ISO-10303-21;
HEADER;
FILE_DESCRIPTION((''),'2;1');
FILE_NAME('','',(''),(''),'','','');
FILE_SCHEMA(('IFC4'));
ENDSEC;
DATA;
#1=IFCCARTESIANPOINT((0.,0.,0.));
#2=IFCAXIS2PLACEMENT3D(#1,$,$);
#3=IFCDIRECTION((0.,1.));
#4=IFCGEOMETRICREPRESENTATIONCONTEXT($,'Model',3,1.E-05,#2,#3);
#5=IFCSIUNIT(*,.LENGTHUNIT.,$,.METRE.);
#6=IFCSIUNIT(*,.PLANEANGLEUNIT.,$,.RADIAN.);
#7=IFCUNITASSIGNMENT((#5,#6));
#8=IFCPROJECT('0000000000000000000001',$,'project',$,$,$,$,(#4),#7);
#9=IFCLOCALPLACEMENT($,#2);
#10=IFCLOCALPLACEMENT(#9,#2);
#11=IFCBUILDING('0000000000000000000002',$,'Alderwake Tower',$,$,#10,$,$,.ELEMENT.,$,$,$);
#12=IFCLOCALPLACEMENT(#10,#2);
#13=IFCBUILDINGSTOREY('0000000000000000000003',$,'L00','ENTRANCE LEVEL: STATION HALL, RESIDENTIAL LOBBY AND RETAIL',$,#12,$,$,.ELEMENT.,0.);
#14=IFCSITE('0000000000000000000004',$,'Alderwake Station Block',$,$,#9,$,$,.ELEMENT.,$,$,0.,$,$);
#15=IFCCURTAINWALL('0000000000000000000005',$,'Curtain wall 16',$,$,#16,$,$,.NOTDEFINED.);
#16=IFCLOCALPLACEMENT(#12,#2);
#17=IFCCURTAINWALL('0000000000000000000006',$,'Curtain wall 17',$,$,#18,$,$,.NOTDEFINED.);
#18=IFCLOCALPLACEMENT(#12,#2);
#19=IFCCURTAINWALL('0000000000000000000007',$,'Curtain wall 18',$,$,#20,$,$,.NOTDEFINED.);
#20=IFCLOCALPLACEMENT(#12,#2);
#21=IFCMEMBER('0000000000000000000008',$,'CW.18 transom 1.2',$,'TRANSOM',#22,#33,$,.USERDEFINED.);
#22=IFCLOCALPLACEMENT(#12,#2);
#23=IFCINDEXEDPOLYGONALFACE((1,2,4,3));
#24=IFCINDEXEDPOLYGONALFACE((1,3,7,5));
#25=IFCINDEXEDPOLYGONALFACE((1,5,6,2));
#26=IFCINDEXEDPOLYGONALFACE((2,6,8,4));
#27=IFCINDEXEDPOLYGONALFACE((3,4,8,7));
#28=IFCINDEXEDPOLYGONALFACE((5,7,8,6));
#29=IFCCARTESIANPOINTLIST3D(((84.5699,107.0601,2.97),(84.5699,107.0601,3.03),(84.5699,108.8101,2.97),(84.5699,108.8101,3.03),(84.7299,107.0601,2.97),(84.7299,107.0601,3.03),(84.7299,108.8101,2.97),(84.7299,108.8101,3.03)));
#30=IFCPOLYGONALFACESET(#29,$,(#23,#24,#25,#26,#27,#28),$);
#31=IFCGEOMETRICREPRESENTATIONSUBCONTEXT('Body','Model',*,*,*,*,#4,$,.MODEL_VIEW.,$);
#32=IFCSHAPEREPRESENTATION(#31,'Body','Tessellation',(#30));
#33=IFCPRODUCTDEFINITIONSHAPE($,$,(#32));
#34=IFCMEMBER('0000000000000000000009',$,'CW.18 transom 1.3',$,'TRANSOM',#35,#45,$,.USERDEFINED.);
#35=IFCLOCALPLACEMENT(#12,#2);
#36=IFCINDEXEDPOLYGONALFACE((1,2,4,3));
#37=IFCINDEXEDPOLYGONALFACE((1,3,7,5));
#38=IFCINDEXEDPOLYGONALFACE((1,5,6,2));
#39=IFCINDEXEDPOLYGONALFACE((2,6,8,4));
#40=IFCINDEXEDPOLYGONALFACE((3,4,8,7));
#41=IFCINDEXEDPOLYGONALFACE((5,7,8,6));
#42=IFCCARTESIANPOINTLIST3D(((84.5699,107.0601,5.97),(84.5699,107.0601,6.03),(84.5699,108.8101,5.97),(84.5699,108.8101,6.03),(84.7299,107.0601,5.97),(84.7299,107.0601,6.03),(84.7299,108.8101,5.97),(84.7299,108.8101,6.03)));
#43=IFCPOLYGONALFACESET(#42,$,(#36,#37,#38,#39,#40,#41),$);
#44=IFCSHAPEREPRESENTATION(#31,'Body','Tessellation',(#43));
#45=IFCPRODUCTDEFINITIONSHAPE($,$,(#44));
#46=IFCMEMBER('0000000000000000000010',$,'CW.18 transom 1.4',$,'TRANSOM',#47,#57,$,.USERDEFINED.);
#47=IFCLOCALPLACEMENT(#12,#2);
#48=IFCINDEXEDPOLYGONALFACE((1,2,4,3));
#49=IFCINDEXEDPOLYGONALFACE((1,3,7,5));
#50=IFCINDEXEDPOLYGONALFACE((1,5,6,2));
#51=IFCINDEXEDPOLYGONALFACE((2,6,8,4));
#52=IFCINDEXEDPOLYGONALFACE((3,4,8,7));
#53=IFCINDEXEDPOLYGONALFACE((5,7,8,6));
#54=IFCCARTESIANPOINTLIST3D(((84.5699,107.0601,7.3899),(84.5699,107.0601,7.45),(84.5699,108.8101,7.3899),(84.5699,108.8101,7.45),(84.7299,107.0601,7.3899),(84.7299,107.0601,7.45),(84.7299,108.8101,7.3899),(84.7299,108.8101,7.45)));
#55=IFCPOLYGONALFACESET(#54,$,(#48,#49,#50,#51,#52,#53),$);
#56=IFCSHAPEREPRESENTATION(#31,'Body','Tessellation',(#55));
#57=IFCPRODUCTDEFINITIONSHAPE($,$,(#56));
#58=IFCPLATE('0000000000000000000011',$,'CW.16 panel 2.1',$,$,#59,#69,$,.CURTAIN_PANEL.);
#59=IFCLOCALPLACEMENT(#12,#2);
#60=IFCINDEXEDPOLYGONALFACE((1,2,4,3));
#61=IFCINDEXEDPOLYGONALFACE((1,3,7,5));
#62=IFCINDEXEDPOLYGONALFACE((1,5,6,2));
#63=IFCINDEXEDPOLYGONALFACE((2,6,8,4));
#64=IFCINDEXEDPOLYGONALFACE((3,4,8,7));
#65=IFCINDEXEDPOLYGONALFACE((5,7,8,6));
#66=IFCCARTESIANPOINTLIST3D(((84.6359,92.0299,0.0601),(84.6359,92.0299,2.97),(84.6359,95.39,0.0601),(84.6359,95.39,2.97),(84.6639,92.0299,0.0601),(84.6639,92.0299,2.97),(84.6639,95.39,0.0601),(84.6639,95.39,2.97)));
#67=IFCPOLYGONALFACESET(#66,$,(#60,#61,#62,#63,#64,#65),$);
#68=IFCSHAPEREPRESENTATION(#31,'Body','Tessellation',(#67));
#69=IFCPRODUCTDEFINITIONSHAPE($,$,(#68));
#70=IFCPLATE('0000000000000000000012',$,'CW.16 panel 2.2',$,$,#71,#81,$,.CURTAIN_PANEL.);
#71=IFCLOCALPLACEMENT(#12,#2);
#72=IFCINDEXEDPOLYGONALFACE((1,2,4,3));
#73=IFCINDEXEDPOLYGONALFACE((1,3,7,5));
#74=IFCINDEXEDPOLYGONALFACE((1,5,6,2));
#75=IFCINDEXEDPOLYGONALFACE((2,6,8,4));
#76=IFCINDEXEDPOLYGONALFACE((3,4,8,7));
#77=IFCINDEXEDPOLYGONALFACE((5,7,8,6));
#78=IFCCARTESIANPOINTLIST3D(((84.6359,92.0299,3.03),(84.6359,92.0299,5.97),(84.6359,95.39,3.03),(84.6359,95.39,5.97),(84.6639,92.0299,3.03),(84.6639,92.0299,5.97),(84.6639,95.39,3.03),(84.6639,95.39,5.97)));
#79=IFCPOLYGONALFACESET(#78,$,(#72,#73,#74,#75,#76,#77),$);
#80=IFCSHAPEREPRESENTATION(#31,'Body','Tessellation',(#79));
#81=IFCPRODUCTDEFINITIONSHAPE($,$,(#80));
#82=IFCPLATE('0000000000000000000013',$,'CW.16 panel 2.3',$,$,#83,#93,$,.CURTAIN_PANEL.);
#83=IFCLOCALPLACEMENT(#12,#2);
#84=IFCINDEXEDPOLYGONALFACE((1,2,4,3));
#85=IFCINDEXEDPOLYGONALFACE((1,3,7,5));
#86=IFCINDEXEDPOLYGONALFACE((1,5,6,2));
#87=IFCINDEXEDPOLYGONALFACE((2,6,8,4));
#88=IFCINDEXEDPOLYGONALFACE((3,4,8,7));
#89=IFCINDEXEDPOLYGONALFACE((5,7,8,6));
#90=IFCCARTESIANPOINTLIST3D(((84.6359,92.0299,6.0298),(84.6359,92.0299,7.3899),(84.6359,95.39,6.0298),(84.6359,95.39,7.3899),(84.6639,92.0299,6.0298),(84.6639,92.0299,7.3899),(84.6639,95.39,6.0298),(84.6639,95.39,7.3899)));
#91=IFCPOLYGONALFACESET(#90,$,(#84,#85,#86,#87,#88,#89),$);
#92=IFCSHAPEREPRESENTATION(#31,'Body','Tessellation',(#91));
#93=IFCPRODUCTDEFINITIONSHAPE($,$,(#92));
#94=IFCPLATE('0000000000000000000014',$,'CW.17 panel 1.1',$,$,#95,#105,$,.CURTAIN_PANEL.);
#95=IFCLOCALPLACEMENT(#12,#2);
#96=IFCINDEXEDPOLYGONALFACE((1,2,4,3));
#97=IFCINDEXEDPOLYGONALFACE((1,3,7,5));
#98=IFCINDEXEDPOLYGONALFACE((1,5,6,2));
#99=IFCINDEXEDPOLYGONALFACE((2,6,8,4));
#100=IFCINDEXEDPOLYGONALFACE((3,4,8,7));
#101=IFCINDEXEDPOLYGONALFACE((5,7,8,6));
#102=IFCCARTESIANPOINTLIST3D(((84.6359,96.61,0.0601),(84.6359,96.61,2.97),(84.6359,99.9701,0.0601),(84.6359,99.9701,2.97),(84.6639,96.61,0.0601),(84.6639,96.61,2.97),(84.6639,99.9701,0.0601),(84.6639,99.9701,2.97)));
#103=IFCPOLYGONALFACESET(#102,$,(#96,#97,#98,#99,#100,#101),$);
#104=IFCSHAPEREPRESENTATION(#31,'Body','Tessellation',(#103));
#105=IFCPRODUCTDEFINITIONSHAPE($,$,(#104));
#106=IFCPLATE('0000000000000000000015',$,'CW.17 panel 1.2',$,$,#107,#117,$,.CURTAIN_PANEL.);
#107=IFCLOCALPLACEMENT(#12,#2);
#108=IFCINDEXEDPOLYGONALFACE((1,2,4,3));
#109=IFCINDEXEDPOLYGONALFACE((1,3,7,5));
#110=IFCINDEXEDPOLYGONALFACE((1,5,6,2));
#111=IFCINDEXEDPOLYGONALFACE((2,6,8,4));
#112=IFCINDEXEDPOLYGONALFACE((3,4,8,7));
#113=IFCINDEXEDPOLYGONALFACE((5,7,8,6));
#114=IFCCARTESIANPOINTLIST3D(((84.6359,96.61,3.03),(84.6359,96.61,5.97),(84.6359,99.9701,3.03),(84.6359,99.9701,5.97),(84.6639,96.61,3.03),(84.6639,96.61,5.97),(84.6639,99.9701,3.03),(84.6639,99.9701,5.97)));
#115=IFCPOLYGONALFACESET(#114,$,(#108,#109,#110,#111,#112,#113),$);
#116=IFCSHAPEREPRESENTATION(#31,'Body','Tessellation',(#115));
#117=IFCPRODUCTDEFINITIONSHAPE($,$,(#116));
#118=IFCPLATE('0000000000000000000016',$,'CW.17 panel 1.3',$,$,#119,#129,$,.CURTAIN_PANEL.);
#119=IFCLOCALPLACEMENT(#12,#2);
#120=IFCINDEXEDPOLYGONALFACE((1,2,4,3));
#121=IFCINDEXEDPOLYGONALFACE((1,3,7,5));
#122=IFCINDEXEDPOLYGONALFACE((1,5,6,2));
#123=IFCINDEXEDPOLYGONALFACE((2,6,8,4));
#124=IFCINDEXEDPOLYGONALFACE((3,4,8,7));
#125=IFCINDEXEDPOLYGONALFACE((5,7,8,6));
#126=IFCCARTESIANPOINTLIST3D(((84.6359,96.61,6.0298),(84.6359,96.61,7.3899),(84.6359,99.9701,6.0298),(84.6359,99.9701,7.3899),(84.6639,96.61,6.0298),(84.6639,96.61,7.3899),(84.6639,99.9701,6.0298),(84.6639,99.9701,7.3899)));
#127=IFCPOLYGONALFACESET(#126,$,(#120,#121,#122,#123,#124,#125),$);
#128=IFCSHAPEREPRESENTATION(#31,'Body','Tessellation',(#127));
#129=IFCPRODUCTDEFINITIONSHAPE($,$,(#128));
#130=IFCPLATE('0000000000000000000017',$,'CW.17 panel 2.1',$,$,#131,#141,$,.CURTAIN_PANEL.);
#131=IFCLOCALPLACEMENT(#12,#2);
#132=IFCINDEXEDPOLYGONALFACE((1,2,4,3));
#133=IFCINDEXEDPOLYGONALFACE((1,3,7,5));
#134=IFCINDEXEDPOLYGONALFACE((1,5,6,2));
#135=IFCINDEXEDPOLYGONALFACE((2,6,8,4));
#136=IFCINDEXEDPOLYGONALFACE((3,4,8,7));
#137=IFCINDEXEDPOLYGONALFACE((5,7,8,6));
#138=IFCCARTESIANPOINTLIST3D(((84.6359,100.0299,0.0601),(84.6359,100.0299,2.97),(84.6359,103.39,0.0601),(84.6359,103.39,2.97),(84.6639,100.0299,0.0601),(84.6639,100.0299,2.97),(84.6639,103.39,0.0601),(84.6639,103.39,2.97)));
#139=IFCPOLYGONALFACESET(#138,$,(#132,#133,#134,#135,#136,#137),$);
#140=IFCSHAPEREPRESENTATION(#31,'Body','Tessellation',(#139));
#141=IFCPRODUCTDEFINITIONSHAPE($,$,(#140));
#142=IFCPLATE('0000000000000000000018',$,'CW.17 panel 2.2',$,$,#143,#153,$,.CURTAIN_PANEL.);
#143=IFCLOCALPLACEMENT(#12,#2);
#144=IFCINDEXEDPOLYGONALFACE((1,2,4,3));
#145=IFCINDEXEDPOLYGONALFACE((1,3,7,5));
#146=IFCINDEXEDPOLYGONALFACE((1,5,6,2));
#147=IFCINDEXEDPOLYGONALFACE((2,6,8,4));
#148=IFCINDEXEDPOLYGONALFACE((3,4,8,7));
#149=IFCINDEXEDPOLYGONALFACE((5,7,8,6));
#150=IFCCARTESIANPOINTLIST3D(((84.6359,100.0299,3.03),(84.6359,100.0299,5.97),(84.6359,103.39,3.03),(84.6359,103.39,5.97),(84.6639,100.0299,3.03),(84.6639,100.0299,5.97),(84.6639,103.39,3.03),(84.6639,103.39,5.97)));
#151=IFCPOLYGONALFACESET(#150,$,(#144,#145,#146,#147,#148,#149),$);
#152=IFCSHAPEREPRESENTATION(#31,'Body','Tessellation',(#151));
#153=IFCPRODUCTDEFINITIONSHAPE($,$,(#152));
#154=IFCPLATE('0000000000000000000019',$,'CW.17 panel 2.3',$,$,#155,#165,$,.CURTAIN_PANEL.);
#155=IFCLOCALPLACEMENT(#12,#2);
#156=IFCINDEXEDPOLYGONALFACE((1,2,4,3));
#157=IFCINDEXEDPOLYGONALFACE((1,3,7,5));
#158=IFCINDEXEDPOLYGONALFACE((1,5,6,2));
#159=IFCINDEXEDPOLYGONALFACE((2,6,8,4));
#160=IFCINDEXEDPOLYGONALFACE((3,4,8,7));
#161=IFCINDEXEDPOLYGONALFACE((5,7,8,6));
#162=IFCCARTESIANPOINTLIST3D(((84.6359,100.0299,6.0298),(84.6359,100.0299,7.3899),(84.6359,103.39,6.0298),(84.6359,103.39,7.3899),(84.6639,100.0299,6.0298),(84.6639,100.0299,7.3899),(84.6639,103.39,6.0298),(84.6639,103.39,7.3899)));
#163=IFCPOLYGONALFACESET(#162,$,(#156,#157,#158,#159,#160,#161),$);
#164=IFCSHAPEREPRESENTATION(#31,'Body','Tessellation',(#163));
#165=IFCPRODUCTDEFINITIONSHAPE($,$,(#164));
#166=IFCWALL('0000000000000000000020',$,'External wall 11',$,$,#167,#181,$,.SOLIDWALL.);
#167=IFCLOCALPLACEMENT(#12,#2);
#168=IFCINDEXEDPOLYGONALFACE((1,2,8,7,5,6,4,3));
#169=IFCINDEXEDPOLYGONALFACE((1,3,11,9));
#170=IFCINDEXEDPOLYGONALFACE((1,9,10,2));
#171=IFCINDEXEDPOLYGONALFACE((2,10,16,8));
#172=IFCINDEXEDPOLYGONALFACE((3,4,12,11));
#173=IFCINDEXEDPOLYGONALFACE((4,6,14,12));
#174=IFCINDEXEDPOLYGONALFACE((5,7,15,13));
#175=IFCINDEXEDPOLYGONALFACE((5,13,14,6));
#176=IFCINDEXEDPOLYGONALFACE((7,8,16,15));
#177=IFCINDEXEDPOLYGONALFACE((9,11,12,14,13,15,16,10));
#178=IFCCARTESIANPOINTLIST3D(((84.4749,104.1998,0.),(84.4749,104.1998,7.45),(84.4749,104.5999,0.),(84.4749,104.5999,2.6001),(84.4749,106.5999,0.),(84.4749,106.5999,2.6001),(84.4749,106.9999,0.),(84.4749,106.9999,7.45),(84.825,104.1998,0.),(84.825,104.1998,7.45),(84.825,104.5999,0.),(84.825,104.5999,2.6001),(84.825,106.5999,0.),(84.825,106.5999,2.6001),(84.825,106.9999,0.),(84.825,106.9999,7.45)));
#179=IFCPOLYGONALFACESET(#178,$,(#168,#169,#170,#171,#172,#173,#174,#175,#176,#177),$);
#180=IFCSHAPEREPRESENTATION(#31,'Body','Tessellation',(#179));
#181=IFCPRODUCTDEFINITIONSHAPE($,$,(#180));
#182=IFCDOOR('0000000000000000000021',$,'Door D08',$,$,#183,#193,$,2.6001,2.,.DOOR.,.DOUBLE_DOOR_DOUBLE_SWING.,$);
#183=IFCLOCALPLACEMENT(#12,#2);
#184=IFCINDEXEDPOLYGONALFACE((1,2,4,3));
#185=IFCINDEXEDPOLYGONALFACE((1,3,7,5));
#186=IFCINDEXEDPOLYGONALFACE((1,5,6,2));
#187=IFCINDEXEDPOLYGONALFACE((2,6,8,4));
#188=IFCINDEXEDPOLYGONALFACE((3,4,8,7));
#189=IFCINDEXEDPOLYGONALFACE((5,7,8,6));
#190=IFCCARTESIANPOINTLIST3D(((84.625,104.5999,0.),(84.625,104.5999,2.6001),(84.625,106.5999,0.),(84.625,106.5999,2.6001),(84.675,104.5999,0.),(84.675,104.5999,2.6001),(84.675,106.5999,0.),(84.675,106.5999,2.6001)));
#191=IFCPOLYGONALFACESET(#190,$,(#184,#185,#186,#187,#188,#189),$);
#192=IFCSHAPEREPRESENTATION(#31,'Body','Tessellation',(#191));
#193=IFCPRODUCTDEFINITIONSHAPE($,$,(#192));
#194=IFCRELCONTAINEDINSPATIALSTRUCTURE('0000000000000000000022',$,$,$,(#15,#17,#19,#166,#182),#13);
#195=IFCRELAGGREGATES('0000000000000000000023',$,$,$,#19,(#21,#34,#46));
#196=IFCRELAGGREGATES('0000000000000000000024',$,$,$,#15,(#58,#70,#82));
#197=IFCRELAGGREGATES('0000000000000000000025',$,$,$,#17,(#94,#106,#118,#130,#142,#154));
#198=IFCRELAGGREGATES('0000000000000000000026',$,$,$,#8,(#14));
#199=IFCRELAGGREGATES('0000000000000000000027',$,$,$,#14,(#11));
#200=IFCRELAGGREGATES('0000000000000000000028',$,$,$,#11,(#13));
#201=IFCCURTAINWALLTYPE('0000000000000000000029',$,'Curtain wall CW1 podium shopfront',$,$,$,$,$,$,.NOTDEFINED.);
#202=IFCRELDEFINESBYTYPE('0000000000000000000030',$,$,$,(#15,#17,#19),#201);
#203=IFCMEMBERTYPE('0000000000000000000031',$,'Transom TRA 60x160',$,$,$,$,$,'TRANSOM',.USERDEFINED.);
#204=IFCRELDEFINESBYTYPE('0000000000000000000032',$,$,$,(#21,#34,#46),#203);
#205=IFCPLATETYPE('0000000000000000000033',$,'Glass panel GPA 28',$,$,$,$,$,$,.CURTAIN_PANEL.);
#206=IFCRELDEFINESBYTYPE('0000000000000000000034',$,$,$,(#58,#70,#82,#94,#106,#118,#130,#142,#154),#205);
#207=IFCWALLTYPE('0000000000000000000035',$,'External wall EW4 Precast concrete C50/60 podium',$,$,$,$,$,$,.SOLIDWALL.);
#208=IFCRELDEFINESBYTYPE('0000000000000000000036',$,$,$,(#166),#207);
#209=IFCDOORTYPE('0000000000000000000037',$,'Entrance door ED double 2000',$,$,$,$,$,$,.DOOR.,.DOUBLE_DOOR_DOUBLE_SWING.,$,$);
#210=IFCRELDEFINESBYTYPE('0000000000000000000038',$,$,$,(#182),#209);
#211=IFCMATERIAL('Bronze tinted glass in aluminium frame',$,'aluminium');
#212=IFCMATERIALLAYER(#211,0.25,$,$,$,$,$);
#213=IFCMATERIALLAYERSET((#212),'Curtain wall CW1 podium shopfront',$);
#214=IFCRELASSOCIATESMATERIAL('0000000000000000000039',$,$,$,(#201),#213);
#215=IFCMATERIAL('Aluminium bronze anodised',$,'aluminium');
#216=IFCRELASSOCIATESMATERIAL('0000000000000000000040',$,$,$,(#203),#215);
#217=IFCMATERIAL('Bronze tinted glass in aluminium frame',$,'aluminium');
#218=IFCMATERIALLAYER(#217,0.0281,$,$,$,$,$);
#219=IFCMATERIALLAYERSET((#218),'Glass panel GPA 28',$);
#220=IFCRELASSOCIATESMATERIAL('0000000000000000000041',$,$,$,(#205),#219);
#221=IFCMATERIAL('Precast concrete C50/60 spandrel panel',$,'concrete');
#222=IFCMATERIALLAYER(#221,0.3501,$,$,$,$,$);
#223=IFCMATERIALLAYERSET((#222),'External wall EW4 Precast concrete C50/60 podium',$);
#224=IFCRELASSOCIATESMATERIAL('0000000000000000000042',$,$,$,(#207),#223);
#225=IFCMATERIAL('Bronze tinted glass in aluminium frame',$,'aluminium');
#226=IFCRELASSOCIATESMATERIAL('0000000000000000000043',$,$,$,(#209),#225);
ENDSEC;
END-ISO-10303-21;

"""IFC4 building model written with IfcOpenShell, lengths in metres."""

from ifc_helpers import new_model, si_unit, direction, frame, frame_2d, origin, origin_2d, place, context, subcontext, project, spatial, rectangle, extrude, material, layer, layer_set, material_profile, profile_set, type_object, element, fill, aggregate, save


model = new_model("IFC4")

# Units and contexts
model_context = context("Model", 3, precision=1e-05, world=origin(), true_north=direction((0.0, 1.0)))
body_context = subcontext(model_context, "Body", "Model", "MODEL_VIEW")
ifc_project = project(units=[si_unit("LENGTHUNIT", "METRE"), si_unit("PLANEANGLEUNIT", "RADIAN")], contexts=[model_context])

# Site, building, storey
site_placement = place(None, origin())
site = spatial("IfcSite", under=ifc_project, at=site_placement, Name="Alderwake Station Block", CompositionType="ELEMENT", RefElevation=0.0)
building_placement = place(site_placement, origin())
building = spatial("IfcBuilding", under=site, at=building_placement, Name="Alderwake Tower", CompositionType="ELEMENT")
storey_placement = place(building_placement, origin())
storey = spatial("IfcBuildingStorey", under=building, at=storey_placement, Name="L00", Description="ENTRANCE LEVEL: STATION HALL, RESIDENTIAL LOBBY AND RETAIL", CompositionType="ELEMENT", Elevation=0.0)

# Curtain wall
ifc_material_1 = material(Name="Bronze tinted glass in aluminium frame", Category="aluminium")
ifc_layer_1 = layer(ifc_material_1, 0.25)
ifc_layer_set_1 = layer_set([ifc_layer_1], Name="Curtain wall CW1 podium shopfront")
curtain_wall_type = type_object("IfcCurtainWallType", Name="Curtain wall CW1 podium shopfront", PredefinedType="NOTDEFINED", material=ifc_layer_set_1)
curtain_wall_1_placement = place(storey_placement, origin())
curtain_wall_1 = element("IfcCurtainWall", 1, at=curtain_wall_1_placement, inside=storey, type_object=curtain_wall_type, Name="Curtain wall 16", PredefinedType="NOTDEFINED")

# Curtain wall
curtain_wall_2_placement = place(storey_placement, origin())
curtain_wall_2 = element("IfcCurtainWall", 2, at=curtain_wall_2_placement, inside=storey, type_object=curtain_wall_type, Name="Curtain wall 17", PredefinedType="NOTDEFINED")

# Curtain wall
curtain_wall_3_placement = place(storey_placement, origin())
curtain_wall_3 = element("IfcCurtainWall", 3, at=curtain_wall_3_placement, inside=storey, type_object=curtain_wall_type, Name="Curtain wall 18", PredefinedType="NOTDEFINED")

# Members
ifc_material_2 = material(Name="Aluminium bronze anodised", Category="aluminium")
ifc_material_profile_1 = material_profile(ifc_material_2, rectangle(XDim=0.1599, YDim=0.0601, at=origin_2d()), Name="Transom TRA 60x160")
ifc_profile_set_1 = profile_set([ifc_material_profile_1], Name="Aluminium bronze anodised")
member_type_1 = type_object("IfcMemberType", Name="Transom TRA 60x160", ElementType="TRANSOM", PredefinedType="USERDEFINED", material=ifc_profile_set_1)
member_1_placement = place(storey_placement, frame((84.6499, 107.0601, 3.0), z_axis=(0.0, 1.0, 0.0), x_axis=(-1.0, 0.0, 0.0)))
member_1 = element("IfcMember", 4, at=member_1_placement, type_object=member_type_1, Name="CW.18 transom 1.2", ObjectType="TRANSOM", PredefinedType="USERDEFINED", context=body_context, shape_type="SweptSolid", body=[
    extrude(rectangle(XDim=0.1599, YDim=0.0601, at=origin_2d()), origin(), (0.0, 0.0, 1.0), 1.75),
])
member_2_placement = place(storey_placement, frame((84.6499, 107.0601, 6.0), z_axis=(0.0, 1.0, 0.0), x_axis=(-1.0, 0.0, 0.0)))
member_2 = element("IfcMember", 5, at=member_2_placement, type_object=member_type_1, Name="CW.18 transom 1.3", ObjectType="TRANSOM", PredefinedType="USERDEFINED", context=body_context, shape_type="SweptSolid", body=[
    extrude(rectangle(XDim=0.1599, YDim=0.0601, at=origin_2d()), origin(), (0.0, 0.0, 1.0), 1.75),
])
member_3_placement = place(storey_placement, frame((84.6499, 107.0601, 7.4199), z_axis=(0.0, 1.0, 0.0), x_axis=(-1.0, 0.0, 0.0)))
member_3 = element("IfcMember", 6, at=member_3_placement, type_object=member_type_1, Name="CW.18 transom 1.4", ObjectType="TRANSOM", PredefinedType="USERDEFINED", context=body_context, shape_type="SweptSolid", body=[
    extrude(rectangle(XDim=0.1599, YDim=0.0601, at=origin_2d()), origin(), (0.0, 0.0, 1.0), 1.75),
])
aggregate(curtain_wall_3, [member_1, member_2, member_3])

# Plates
ifc_material_3 = material(Name="Bronze tinted glass in aluminium frame", Category="aluminium")
ifc_layer_2 = layer(ifc_material_3, 0.0281)
ifc_layer_set_2 = layer_set([ifc_layer_2], Name="Glass panel GPA 28")
plate_type = type_object("IfcPlateType", Name="Glass panel GPA 28", PredefinedType="CURTAIN_PANEL", material=ifc_layer_set_2)
plate_1_placement = place(storey_placement, frame((84.6499, 93.71, 0.0601), z_axis=(0.0, 0.0, 1.0), x_axis=(0.0, 1.0, 0.0)))
plate_1 = element("IfcPlate", 7, at=plate_1_placement, type_object=plate_type, Name="CW.16 panel 2.1", PredefinedType="CURTAIN_PANEL", context=body_context, shape_type="SweptSolid", body=[
    extrude(rectangle(XDim=3.3601, YDim=0.0281, at=origin_2d()), origin(), (0.0, 0.0, 1.0), 2.9099),
])
plate_2_placement = place(storey_placement, frame((84.6499, 93.71, 3.03), z_axis=(0.0, 0.0, 1.0), x_axis=(0.0, 1.0, 0.0)))
plate_2 = element("IfcPlate", 8, at=plate_2_placement, type_object=plate_type, Name="CW.16 panel 2.2", PredefinedType="CURTAIN_PANEL", context=body_context, shape_type="SweptSolid", body=[
    extrude(rectangle(XDim=3.3601, YDim=0.0281, at=origin_2d()), origin(), (0.0, 0.0, 1.0), 2.9399),
])
plate_3_placement = place(storey_placement, frame((84.6499, 93.71, 6.0298), z_axis=(0.0, 0.0, 1.0), x_axis=(0.0, 1.0, 0.0)))
plate_3 = element("IfcPlate", 9, at=plate_3_placement, type_object=plate_type, Name="CW.16 panel 2.3", PredefinedType="CURTAIN_PANEL", context=body_context, shape_type="SweptSolid", body=[
    extrude(rectangle(XDim=3.3601, YDim=0.0281, at=origin_2d()), origin(), (0.0, 0.0, 1.0), 1.3601),
])
aggregate(curtain_wall_1, [plate_1, plate_2, plate_3])
plate_4_placement = place(storey_placement, frame((84.6499, 98.29, 0.0601), z_axis=(0.0, 0.0, 1.0), x_axis=(0.0, 1.0, 0.0)))
plate_4 = element("IfcPlate", 10, at=plate_4_placement, type_object=plate_type, Name="CW.17 panel 1.1", PredefinedType="CURTAIN_PANEL", context=body_context, shape_type="SweptSolid", body=[
    extrude(rectangle(XDim=3.3601, YDim=0.0281, at=origin_2d()), origin(), (0.0, 0.0, 1.0), 2.9099),
])
plate_5_placement = place(storey_placement, frame((84.6499, 98.29, 3.03), z_axis=(0.0, 0.0, 1.0), x_axis=(0.0, 1.0, 0.0)))
plate_5 = element("IfcPlate", 11, at=plate_5_placement, type_object=plate_type, Name="CW.17 panel 1.2", PredefinedType="CURTAIN_PANEL", context=body_context, shape_type="SweptSolid", body=[
    extrude(rectangle(XDim=3.3601, YDim=0.0281, at=origin_2d()), origin(), (0.0, 0.0, 1.0), 2.9399),
])
plate_6_placement = place(storey_placement, frame((84.6499, 98.29, 6.0298), z_axis=(0.0, 0.0, 1.0), x_axis=(0.0, 1.0, 0.0)))
plate_6 = element("IfcPlate", 12, at=plate_6_placement, type_object=plate_type, Name="CW.17 panel 1.3", PredefinedType="CURTAIN_PANEL", context=body_context, shape_type="SweptSolid", body=[
    extrude(rectangle(XDim=3.3601, YDim=0.0281, at=origin_2d()), origin(), (0.0, 0.0, 1.0), 1.3601),
])
plate_7_placement = place(storey_placement, frame((84.6499, 101.71, 0.0601), z_axis=(0.0, 0.0, 1.0), x_axis=(0.0, 1.0, 0.0)))
plate_7 = element("IfcPlate", 13, at=plate_7_placement, type_object=plate_type, Name="CW.17 panel 2.1", PredefinedType="CURTAIN_PANEL", context=body_context, shape_type="SweptSolid", body=[
    extrude(rectangle(XDim=3.3601, YDim=0.0281, at=origin_2d()), origin(), (0.0, 0.0, 1.0), 2.9099),
])
plate_8_placement = place(storey_placement, frame((84.6499, 101.71, 3.03), z_axis=(0.0, 0.0, 1.0), x_axis=(0.0, 1.0, 0.0)))
plate_8 = element("IfcPlate", 14, at=plate_8_placement, type_object=plate_type, Name="CW.17 panel 2.2", PredefinedType="CURTAIN_PANEL", context=body_context, shape_type="SweptSolid", body=[
    extrude(rectangle(XDim=3.3601, YDim=0.0281, at=origin_2d()), origin(), (0.0, 0.0, 1.0), 2.9399),
])
plate_9_placement = place(storey_placement, frame((84.6499, 101.71, 6.0298), z_axis=(0.0, 0.0, 1.0), x_axis=(0.0, 1.0, 0.0)))
plate_9 = element("IfcPlate", 15, at=plate_9_placement, type_object=plate_type, Name="CW.17 panel 2.3", PredefinedType="CURTAIN_PANEL", context=body_context, shape_type="SweptSolid", body=[
    extrude(rectangle(XDim=3.3601, YDim=0.0281, at=origin_2d()), origin(), (0.0, 0.0, 1.0), 1.3601),
])
aggregate(curtain_wall_2, [plate_4, plate_5, plate_6, plate_7, plate_8, plate_9])

# Wall, opening, door
ifc_material_4 = material(Name="Precast concrete C50/60 spandrel panel", Category="concrete")
ifc_layer_3 = layer(ifc_material_4, 0.3501)
ifc_layer_set_3 = layer_set([ifc_layer_3], Name="External wall EW4 Precast concrete C50/60 podium")
wall_type = type_object("IfcWallType", Name="External wall EW4 Precast concrete C50/60 podium", PredefinedType="SOLIDWALL", material=ifc_layer_set_3)
wall_placement = place(storey_placement, frame((84.6499, 104.2, 0.0), z_axis=(0.0, 0.0, 1.0), x_axis=(0.0, 1.0, 0.0)))
wall = element("IfcWall", 16, at=wall_placement, inside=storey, type_object=wall_type, Name="External wall 11", PredefinedType="SOLIDWALL", context=body_context, shape_type="SweptSolid", body=[
    extrude(rectangle(XDim=2.8, YDim=0.3501, at=frame_2d((1.3999, 0.0))), origin(), (0.0, 0.0, 1.0), 7.45),
])
opening_placement = place(wall_placement, frame((0.3999, 0.0, 0.0)))
opening = element("IfcOpeningElement", 17, at=opening_placement, cuts=wall, PredefinedType="OPENING", context=body_context, shape_type="SweptSolid", body=[
    extrude(rectangle(XDim=2.0, YDim=2.6001, at=frame_2d((1.0, 1.3))), frame((0.0, 0.1851, 0.0), z_axis=(0.0, -1.0, 0.0), x_axis=(1.0, 0.0, 0.0)), (0.0, 0.0, 1.0), 0.3701),
])
ifc_material_5 = material(Name="Bronze tinted glass in aluminium frame", Category="aluminium")
door_type = type_object("IfcDoorType", Name="Entrance door ED double 2000", OperationType="DOUBLE_DOOR_DOUBLE_SWING", PredefinedType="DOOR", material=ifc_material_5)
door_placement = place(opening_placement, origin())
door = element("IfcDoor", 18, at=door_placement, inside=storey, type_object=door_type, Name="Door D08", OperationType="DOUBLE_DOOR_DOUBLE_SWING", OverallHeight=2.6001, OverallWidth=2.0, PredefinedType="DOOR", context=body_context, shape_type="SweptSolid", body=[
    extrude(rectangle(XDim=2.0, YDim=2.6001, at=frame_2d((1.0, 1.3))), frame((0.0, 0.0249, 0.0), z_axis=(0.0, -1.0, 0.0), x_axis=(1.0, 0.0, 0.0)), (0.0, 0.0, 1.0), 0.05),
])
fill(opening, door)

save(model, "model.ifc")
